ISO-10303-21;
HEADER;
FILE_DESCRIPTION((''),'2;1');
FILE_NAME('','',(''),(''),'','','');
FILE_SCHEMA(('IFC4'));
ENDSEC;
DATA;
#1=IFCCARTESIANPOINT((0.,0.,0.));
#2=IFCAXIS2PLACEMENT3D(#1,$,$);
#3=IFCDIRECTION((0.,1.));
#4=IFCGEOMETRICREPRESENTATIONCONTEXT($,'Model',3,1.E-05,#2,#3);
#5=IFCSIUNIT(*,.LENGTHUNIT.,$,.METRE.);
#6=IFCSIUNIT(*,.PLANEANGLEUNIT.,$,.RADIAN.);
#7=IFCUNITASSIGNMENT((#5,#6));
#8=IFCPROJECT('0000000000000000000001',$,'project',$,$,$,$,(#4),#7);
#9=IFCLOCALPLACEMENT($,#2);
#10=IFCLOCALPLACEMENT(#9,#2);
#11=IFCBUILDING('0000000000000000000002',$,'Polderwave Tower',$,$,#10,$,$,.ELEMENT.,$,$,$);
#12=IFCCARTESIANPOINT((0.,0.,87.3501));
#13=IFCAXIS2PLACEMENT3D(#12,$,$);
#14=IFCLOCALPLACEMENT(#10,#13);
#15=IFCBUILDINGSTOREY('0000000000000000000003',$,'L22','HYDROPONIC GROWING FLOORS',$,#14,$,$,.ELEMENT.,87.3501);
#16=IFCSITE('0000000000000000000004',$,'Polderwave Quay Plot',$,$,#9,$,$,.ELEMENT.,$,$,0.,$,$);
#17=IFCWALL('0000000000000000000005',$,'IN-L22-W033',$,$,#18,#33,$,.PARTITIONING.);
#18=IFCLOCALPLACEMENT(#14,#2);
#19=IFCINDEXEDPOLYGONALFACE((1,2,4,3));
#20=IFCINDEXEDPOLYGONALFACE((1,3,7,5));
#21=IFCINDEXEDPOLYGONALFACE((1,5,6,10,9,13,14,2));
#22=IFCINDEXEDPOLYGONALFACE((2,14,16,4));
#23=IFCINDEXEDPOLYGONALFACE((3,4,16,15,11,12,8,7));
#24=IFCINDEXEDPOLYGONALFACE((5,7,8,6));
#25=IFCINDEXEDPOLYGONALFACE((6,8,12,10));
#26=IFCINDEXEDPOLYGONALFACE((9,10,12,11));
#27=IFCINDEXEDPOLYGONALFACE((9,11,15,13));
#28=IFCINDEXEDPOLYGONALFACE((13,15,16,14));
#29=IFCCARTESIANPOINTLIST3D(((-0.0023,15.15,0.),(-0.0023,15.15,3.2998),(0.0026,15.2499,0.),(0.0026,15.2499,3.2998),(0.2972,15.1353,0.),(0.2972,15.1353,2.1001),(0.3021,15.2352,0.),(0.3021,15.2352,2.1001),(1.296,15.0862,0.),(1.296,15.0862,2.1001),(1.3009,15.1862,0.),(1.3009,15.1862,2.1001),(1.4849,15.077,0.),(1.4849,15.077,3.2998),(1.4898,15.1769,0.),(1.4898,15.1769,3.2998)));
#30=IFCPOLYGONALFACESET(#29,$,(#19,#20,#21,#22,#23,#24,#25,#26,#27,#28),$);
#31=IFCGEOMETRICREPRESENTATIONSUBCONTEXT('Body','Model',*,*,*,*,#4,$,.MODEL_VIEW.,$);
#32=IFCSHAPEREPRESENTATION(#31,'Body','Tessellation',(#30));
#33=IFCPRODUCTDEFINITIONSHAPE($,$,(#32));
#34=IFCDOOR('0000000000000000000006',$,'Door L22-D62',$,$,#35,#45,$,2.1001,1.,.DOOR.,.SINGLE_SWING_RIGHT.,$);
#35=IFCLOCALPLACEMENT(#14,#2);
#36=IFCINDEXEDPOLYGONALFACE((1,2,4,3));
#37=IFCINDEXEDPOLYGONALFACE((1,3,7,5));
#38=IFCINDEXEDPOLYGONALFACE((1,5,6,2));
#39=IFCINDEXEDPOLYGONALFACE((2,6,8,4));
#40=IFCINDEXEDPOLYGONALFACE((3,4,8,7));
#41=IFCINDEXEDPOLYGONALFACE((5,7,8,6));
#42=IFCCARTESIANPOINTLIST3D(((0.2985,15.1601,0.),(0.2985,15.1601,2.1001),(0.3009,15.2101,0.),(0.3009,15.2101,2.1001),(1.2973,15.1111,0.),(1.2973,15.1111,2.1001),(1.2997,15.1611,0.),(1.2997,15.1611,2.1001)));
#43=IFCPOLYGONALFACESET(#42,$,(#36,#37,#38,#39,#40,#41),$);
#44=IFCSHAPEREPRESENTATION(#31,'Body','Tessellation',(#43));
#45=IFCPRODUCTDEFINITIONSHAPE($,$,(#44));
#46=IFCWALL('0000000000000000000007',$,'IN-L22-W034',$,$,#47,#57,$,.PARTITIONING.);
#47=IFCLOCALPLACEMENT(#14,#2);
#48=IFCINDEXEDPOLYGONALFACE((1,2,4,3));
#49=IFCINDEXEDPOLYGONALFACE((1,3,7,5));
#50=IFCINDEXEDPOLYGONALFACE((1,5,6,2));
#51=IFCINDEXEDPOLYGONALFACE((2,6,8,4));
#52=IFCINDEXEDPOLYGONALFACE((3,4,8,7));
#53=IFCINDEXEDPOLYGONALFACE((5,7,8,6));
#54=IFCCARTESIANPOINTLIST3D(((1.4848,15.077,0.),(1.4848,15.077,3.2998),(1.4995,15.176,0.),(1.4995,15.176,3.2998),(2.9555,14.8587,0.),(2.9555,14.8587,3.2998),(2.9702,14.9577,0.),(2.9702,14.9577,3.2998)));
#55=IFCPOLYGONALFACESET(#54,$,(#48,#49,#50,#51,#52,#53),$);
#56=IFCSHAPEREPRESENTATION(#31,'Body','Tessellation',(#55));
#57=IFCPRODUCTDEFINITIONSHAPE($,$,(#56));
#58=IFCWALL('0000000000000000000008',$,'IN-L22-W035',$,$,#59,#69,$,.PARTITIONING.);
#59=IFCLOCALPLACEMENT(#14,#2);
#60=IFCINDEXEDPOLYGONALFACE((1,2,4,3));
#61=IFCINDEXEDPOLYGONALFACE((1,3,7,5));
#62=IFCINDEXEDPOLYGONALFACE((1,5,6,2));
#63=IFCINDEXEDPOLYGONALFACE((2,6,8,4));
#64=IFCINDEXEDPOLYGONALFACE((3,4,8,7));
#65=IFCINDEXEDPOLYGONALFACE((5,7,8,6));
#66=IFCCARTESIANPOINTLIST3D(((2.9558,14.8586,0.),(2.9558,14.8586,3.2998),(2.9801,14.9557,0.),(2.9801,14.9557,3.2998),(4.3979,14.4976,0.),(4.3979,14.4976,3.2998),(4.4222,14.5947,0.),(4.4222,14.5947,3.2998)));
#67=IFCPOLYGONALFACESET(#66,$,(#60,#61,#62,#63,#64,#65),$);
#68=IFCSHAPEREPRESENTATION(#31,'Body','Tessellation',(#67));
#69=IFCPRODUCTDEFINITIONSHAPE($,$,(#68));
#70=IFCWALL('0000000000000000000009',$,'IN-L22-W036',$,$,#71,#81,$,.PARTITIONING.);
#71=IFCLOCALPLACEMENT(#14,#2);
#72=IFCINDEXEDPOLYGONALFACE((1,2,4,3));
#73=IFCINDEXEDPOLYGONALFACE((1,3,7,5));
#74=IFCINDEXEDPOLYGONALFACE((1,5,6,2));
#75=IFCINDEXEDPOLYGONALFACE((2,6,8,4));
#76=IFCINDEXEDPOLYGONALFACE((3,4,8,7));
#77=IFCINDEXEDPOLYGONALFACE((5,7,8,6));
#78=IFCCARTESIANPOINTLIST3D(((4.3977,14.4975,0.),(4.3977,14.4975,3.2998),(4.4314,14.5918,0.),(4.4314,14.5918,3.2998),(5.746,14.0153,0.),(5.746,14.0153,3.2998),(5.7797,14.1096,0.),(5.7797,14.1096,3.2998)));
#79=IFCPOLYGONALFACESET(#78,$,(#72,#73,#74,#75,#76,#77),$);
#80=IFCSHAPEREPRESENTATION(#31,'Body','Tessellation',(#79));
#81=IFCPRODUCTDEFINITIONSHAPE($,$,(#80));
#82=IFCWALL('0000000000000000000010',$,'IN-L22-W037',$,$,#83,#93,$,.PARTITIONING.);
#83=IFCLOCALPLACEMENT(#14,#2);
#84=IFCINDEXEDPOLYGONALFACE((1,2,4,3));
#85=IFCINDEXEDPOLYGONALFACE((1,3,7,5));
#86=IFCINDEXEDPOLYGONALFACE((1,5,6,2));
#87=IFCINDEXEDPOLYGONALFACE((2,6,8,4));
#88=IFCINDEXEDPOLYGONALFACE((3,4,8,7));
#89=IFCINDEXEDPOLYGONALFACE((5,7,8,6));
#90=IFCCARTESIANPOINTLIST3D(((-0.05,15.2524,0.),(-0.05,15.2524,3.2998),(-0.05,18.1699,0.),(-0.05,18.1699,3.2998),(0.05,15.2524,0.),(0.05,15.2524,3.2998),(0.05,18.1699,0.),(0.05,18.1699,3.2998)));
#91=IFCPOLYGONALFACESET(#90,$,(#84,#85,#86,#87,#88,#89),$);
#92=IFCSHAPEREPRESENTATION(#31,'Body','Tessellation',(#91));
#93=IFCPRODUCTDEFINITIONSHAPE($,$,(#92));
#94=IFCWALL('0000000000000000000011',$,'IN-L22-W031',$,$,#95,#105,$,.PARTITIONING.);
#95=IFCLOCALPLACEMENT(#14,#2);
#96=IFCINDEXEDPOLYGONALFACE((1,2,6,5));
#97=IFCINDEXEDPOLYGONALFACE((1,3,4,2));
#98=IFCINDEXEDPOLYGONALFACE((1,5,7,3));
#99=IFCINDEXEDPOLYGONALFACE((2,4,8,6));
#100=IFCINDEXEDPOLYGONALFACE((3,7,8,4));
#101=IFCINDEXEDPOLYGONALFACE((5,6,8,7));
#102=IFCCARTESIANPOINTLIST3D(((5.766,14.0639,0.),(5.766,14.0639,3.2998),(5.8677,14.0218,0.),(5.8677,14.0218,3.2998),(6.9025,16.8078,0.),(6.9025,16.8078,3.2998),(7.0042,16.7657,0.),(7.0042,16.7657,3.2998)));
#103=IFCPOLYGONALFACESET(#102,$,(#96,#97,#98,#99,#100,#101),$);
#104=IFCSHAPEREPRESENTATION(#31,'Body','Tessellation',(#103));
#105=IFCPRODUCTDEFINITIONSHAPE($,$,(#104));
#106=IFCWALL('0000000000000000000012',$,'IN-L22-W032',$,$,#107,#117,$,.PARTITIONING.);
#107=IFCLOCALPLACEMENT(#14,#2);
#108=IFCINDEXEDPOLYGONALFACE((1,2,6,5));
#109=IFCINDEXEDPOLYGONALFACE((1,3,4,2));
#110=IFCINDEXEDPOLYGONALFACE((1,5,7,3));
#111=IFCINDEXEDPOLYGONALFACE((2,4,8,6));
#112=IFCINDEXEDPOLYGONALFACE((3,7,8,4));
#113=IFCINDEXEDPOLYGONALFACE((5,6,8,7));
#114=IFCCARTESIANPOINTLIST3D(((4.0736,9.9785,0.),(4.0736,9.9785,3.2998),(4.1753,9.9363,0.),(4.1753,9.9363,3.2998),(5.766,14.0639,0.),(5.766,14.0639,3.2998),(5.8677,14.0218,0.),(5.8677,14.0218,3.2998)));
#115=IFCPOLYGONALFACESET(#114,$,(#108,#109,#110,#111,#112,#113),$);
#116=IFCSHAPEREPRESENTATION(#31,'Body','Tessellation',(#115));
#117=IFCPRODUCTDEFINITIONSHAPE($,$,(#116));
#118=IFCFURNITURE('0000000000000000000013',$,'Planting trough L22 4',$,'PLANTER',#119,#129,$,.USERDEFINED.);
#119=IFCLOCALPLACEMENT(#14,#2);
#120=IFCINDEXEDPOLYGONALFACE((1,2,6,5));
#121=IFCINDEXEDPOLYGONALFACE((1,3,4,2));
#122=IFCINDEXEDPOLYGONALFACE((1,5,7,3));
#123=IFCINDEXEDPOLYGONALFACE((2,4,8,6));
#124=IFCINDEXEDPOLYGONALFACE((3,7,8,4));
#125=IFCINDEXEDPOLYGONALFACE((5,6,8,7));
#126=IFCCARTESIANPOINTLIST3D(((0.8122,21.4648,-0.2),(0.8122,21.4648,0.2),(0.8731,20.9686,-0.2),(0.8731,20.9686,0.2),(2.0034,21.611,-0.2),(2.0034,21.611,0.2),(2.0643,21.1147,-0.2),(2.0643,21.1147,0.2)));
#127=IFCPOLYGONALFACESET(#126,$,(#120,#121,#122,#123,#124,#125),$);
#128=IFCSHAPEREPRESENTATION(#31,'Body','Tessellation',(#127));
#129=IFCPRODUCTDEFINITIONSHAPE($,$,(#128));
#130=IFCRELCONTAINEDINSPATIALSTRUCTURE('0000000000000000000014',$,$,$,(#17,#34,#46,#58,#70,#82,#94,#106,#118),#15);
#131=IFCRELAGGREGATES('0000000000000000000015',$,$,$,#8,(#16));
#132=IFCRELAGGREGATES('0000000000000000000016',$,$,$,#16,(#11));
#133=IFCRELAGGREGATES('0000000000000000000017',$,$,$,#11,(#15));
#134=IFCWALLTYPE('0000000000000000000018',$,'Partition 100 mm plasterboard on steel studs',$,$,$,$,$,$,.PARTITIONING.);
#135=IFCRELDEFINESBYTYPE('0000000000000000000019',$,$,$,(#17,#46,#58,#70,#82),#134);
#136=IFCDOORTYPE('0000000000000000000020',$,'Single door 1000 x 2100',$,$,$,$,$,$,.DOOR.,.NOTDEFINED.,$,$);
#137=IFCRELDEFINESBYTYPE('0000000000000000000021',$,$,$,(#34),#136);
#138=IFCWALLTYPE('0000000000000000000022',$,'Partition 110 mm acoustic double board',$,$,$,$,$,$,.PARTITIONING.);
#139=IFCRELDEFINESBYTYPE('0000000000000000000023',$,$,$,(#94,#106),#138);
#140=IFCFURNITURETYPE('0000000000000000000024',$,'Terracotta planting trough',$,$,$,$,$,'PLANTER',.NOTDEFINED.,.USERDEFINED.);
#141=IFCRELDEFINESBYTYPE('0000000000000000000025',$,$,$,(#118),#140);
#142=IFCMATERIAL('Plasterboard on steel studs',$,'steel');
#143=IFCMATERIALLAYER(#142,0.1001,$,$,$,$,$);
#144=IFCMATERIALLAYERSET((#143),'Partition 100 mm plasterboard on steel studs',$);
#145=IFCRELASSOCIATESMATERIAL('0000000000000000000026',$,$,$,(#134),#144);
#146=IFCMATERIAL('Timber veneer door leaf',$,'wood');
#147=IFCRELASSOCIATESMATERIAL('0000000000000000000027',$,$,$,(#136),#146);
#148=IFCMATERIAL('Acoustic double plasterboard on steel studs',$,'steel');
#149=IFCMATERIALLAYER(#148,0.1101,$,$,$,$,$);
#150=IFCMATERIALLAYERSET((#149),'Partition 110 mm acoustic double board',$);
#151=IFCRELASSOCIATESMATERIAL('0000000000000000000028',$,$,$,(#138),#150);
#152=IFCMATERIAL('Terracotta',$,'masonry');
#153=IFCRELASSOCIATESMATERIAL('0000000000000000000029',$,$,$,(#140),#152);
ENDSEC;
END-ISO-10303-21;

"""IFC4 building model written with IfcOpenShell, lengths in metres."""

from ifc_helpers import new_model, si_unit, direction, frame, frame_2d, origin, origin_2d, place, context, subcontext, project, spatial, rectangle, extrude, material, layer, layer_set, type_object, element, fill, save


model = new_model("IFC4")

# Units and contexts
model_context = context("Model", 3, precision=1e-05, world=origin(), true_north=direction((0.0, 1.0)))
body_context = subcontext(model_context, "Body", "Model", "MODEL_VIEW")
ifc_project = project(units=[si_unit("LENGTHUNIT", "METRE"), si_unit("PLANEANGLEUNIT", "RADIAN")], contexts=[model_context])

# Site, building, storey
site_placement = place(None, origin())
site = spatial("IfcSite", under=ifc_project, at=site_placement, Name="Polderwave Quay Plot", CompositionType="ELEMENT", RefElevation=0.0)
building_placement = place(site_placement, origin())
building = spatial("IfcBuilding", under=site, at=building_placement, Name="Polderwave Tower", CompositionType="ELEMENT")
storey_placement = place(building_placement, frame((0.0, 0.0, 87.3501)))
storey = spatial("IfcBuildingStorey", under=building, at=storey_placement, Name="L22", Description="HYDROPONIC GROWING FLOORS", CompositionType="ELEMENT", Elevation=87.3501)

# Wall, opening, door
ifc_material_1 = material(Name="Plasterboard on steel studs", Category="steel")
ifc_layer_1 = layer(ifc_material_1, 0.1001)
ifc_layer_set_1 = layer_set([ifc_layer_1], Name="Partition 100 mm plasterboard on steel studs")
wall_type_1 = type_object("IfcWallType", Name="Partition 100 mm plasterboard on steel studs", PredefinedType="PARTITIONING", material=ifc_layer_set_1)
wall_1_placement = place(storey_placement, frame((0.0, 15.2, 0.0), z_axis=(0.0, 0.0, 1.0), x_axis=(0.998798, -0.049022, 0.0)))
wall_1 = element("IfcWall", 1, at=wall_1_placement, inside=storey, type_object=wall_type_1, Name="IN-L22-W033", PredefinedType="PARTITIONING", context=body_context, shape_type="SweptSolid", body=[
    extrude(rectangle(XDim=1.489, YDim=0.1001, at=frame_2d((0.7446, 0.0))), origin(), (0.0, 0.0, 1.0), 3.2998),
])
opening_1_placement = place(wall_1_placement, frame((0.3, 0.0, 0.0)))
opening_1 = element("IfcOpeningElement", 2, at=opening_1_placement, cuts=wall_1, PredefinedType="OPENING", context=body_context, shape_type="SweptSolid", body=[
    extrude(rectangle(XDim=1.0, YDim=2.1001, at=frame_2d((0.5, 1.05))), frame((0.0, 0.0601, 0.0), z_axis=(0.0, -1.0, 0.0), x_axis=(1.0, 0.0, 0.0)), (0.0, 0.0, 1.0), 0.1201),
])
ifc_material_2 = material(Name="Timber veneer door leaf", Category="wood")
door_type_1 = type_object("IfcDoorType", Name="Single door 1000 x 2100", OperationType="NOTDEFINED", PredefinedType="DOOR", material=ifc_material_2)
door_1_placement = place(opening_1_placement, origin())
door_1 = element("IfcDoor", 3, at=door_1_placement, inside=storey, type_object=door_type_1, Name="Door L22-D62", OperationType="SINGLE_SWING_RIGHT", OverallHeight=2.1001, OverallWidth=1.0, PredefinedType="DOOR", context=body_context, shape_type="SweptSolid", body=[
    extrude(rectangle(XDim=1.0, YDim=2.1001, at=frame_2d((0.5, 1.05))), frame((0.0, 0.0249, 0.0), z_axis=(0.0, -1.0, 0.0), x_axis=(1.0, 0.0, 0.0)), (0.0, 0.0, 1.0), 0.05),
])
fill(opening_1, door_1)

# Walls
wall_2_placement = place(storey_placement, frame((2.9629, 14.9082, 0.0), z_axis=(0.0, 0.0, 1.0), x_axis=(-0.989166, 0.146799, 0.0)))
element("IfcWall", 4, at=wall_2_placement, inside=storey, type_object=wall_type_1, Name="IN-L22-W034", PredefinedType="PARTITIONING", context=body_context, shape_type="SweptSolid", body=[
    extrude(rectangle(XDim=1.4868, YDim=0.1001, at=frame_2d((0.7434, 0.0))), origin(), (0.0, 0.0, 1.0), 3.2998),
])
wall_3_placement = place(storey_placement, frame((4.4099, 14.5461, 0.0), z_axis=(0.0, 0.0, 1.0), x_axis=(-0.970055, 0.242883, 0.0)))
element("IfcWall", 5, at=wall_3_placement, inside=storey, type_object=wall_type_1, Name="IN-L22-W035", PredefinedType="PARTITIONING", context=body_context, shape_type="SweptSolid", body=[
    extrude(rectangle(XDim=1.4866, YDim=0.1001, at=frame_2d((0.7432, 0.0))), origin(), (0.0, 0.0, 1.0), 3.2998),
])
wall_4_placement = place(storey_placement, frame((5.7627, 14.0625, 0.0), z_axis=(0.0, 0.0, 1.0), x_axis=(-0.941587, 0.336768, 0.0)))
element("IfcWall", 6, at=wall_4_placement, inside=storey, type_object=wall_type_1, Name="IN-L22-W036", PredefinedType="PARTITIONING", context=body_context, shape_type="SweptSolid", body=[
    extrude(rectangle(XDim=1.4319, YDim=0.1001, at=frame_2d((0.7158, 0.0))), origin(), (0.0, 0.0, 1.0), 3.2998),
])
wall_5_placement = place(storey_placement, frame((0.0, 15.2524, 0.0), z_axis=(0.0, 0.0, 1.0), x_axis=(0.0, 1.0, 0.0)))
element("IfcWall", 7, at=wall_5_placement, inside=storey, type_object=wall_type_1, Name="IN-L22-W037", PredefinedType="PARTITIONING", context=body_context, shape_type="SweptSolid", body=[
    extrude(rectangle(XDim=2.9175, YDim=0.1001, at=frame_2d((1.4587, 0.0))), origin(), (0.0, 0.0, 1.0), 3.2998),
])
ifc_material_3 = material(Name="Acoustic double plasterboard on steel studs", Category="steel")
ifc_layer_2 = layer(ifc_material_3, 0.1101)
ifc_layer_set_2 = layer_set([ifc_layer_2], Name="Partition 110 mm acoustic double board")
wall_type_2 = type_object("IfcWallType", Name="Partition 110 mm acoustic double board", PredefinedType="PARTITIONING", material=ifc_layer_set_2)
wall_6_placement = place(storey_placement, frame((5.8169, 14.043, 0.0), z_axis=(0.0, 0.0, 1.0), x_axis=(0.382659, 0.92389, 0.0)))
element("IfcWall", 8, at=wall_6_placement, inside=storey, type_object=wall_type_2, Name="IN-L22-W031", PredefinedType="PARTITIONING", context=body_context, shape_type="SweptSolid", body=[
    extrude(rectangle(XDim=2.97, YDim=0.1101, at=frame_2d((1.4849, 0.0))), origin(), (0.0, 0.0, 1.0), 3.2998),
])
wall_7_placement = place(storey_placement, frame((4.1245, 9.9575, 0.0), z_axis=(0.0, 0.0, 1.0), x_axis=(0.382709, 0.923869, 0.0)))
element("IfcWall", 9, at=wall_7_placement, inside=storey, type_object=wall_type_2, Name="IN-L22-W032", PredefinedType="PARTITIONING", context=body_context, shape_type="SweptSolid", body=[
    extrude(rectangle(XDim=4.4221, YDim=0.1101, at=frame_2d((2.2109, 0.0))), origin(), (0.0, 0.0, 1.0), 3.2998),
])

# Furniture
ifc_material_4 = material(Name="Terracotta", Category="masonry")
furniture_type = type_object("IfcFurnitureType", Name="Terracotta planting trough", ElementType="PLANTER", AssemblyPlace="NOTDEFINED", PredefinedType="USERDEFINED", material=ifc_material_4)
furniture_placement = place(storey_placement, frame((1.4382, 21.2898, -0.2), z_axis=(0.0, 0.0, 1.0), x_axis=(-0.992555, -0.1218, 0.0)))
element("IfcFurniture", 10, at=furniture_placement, inside=storey, type_object=furniture_type, Name="Planting trough L22 4", ObjectType="PLANTER", PredefinedType="USERDEFINED", context=body_context, shape_type="SweptSolid", body=[
    extrude(rectangle(XDim=1.2002, YDim=0.5, at=origin_2d()), origin(), (0.0, 0.0, 1.0), 0.3999),
])

save(model, "model.ifc")
